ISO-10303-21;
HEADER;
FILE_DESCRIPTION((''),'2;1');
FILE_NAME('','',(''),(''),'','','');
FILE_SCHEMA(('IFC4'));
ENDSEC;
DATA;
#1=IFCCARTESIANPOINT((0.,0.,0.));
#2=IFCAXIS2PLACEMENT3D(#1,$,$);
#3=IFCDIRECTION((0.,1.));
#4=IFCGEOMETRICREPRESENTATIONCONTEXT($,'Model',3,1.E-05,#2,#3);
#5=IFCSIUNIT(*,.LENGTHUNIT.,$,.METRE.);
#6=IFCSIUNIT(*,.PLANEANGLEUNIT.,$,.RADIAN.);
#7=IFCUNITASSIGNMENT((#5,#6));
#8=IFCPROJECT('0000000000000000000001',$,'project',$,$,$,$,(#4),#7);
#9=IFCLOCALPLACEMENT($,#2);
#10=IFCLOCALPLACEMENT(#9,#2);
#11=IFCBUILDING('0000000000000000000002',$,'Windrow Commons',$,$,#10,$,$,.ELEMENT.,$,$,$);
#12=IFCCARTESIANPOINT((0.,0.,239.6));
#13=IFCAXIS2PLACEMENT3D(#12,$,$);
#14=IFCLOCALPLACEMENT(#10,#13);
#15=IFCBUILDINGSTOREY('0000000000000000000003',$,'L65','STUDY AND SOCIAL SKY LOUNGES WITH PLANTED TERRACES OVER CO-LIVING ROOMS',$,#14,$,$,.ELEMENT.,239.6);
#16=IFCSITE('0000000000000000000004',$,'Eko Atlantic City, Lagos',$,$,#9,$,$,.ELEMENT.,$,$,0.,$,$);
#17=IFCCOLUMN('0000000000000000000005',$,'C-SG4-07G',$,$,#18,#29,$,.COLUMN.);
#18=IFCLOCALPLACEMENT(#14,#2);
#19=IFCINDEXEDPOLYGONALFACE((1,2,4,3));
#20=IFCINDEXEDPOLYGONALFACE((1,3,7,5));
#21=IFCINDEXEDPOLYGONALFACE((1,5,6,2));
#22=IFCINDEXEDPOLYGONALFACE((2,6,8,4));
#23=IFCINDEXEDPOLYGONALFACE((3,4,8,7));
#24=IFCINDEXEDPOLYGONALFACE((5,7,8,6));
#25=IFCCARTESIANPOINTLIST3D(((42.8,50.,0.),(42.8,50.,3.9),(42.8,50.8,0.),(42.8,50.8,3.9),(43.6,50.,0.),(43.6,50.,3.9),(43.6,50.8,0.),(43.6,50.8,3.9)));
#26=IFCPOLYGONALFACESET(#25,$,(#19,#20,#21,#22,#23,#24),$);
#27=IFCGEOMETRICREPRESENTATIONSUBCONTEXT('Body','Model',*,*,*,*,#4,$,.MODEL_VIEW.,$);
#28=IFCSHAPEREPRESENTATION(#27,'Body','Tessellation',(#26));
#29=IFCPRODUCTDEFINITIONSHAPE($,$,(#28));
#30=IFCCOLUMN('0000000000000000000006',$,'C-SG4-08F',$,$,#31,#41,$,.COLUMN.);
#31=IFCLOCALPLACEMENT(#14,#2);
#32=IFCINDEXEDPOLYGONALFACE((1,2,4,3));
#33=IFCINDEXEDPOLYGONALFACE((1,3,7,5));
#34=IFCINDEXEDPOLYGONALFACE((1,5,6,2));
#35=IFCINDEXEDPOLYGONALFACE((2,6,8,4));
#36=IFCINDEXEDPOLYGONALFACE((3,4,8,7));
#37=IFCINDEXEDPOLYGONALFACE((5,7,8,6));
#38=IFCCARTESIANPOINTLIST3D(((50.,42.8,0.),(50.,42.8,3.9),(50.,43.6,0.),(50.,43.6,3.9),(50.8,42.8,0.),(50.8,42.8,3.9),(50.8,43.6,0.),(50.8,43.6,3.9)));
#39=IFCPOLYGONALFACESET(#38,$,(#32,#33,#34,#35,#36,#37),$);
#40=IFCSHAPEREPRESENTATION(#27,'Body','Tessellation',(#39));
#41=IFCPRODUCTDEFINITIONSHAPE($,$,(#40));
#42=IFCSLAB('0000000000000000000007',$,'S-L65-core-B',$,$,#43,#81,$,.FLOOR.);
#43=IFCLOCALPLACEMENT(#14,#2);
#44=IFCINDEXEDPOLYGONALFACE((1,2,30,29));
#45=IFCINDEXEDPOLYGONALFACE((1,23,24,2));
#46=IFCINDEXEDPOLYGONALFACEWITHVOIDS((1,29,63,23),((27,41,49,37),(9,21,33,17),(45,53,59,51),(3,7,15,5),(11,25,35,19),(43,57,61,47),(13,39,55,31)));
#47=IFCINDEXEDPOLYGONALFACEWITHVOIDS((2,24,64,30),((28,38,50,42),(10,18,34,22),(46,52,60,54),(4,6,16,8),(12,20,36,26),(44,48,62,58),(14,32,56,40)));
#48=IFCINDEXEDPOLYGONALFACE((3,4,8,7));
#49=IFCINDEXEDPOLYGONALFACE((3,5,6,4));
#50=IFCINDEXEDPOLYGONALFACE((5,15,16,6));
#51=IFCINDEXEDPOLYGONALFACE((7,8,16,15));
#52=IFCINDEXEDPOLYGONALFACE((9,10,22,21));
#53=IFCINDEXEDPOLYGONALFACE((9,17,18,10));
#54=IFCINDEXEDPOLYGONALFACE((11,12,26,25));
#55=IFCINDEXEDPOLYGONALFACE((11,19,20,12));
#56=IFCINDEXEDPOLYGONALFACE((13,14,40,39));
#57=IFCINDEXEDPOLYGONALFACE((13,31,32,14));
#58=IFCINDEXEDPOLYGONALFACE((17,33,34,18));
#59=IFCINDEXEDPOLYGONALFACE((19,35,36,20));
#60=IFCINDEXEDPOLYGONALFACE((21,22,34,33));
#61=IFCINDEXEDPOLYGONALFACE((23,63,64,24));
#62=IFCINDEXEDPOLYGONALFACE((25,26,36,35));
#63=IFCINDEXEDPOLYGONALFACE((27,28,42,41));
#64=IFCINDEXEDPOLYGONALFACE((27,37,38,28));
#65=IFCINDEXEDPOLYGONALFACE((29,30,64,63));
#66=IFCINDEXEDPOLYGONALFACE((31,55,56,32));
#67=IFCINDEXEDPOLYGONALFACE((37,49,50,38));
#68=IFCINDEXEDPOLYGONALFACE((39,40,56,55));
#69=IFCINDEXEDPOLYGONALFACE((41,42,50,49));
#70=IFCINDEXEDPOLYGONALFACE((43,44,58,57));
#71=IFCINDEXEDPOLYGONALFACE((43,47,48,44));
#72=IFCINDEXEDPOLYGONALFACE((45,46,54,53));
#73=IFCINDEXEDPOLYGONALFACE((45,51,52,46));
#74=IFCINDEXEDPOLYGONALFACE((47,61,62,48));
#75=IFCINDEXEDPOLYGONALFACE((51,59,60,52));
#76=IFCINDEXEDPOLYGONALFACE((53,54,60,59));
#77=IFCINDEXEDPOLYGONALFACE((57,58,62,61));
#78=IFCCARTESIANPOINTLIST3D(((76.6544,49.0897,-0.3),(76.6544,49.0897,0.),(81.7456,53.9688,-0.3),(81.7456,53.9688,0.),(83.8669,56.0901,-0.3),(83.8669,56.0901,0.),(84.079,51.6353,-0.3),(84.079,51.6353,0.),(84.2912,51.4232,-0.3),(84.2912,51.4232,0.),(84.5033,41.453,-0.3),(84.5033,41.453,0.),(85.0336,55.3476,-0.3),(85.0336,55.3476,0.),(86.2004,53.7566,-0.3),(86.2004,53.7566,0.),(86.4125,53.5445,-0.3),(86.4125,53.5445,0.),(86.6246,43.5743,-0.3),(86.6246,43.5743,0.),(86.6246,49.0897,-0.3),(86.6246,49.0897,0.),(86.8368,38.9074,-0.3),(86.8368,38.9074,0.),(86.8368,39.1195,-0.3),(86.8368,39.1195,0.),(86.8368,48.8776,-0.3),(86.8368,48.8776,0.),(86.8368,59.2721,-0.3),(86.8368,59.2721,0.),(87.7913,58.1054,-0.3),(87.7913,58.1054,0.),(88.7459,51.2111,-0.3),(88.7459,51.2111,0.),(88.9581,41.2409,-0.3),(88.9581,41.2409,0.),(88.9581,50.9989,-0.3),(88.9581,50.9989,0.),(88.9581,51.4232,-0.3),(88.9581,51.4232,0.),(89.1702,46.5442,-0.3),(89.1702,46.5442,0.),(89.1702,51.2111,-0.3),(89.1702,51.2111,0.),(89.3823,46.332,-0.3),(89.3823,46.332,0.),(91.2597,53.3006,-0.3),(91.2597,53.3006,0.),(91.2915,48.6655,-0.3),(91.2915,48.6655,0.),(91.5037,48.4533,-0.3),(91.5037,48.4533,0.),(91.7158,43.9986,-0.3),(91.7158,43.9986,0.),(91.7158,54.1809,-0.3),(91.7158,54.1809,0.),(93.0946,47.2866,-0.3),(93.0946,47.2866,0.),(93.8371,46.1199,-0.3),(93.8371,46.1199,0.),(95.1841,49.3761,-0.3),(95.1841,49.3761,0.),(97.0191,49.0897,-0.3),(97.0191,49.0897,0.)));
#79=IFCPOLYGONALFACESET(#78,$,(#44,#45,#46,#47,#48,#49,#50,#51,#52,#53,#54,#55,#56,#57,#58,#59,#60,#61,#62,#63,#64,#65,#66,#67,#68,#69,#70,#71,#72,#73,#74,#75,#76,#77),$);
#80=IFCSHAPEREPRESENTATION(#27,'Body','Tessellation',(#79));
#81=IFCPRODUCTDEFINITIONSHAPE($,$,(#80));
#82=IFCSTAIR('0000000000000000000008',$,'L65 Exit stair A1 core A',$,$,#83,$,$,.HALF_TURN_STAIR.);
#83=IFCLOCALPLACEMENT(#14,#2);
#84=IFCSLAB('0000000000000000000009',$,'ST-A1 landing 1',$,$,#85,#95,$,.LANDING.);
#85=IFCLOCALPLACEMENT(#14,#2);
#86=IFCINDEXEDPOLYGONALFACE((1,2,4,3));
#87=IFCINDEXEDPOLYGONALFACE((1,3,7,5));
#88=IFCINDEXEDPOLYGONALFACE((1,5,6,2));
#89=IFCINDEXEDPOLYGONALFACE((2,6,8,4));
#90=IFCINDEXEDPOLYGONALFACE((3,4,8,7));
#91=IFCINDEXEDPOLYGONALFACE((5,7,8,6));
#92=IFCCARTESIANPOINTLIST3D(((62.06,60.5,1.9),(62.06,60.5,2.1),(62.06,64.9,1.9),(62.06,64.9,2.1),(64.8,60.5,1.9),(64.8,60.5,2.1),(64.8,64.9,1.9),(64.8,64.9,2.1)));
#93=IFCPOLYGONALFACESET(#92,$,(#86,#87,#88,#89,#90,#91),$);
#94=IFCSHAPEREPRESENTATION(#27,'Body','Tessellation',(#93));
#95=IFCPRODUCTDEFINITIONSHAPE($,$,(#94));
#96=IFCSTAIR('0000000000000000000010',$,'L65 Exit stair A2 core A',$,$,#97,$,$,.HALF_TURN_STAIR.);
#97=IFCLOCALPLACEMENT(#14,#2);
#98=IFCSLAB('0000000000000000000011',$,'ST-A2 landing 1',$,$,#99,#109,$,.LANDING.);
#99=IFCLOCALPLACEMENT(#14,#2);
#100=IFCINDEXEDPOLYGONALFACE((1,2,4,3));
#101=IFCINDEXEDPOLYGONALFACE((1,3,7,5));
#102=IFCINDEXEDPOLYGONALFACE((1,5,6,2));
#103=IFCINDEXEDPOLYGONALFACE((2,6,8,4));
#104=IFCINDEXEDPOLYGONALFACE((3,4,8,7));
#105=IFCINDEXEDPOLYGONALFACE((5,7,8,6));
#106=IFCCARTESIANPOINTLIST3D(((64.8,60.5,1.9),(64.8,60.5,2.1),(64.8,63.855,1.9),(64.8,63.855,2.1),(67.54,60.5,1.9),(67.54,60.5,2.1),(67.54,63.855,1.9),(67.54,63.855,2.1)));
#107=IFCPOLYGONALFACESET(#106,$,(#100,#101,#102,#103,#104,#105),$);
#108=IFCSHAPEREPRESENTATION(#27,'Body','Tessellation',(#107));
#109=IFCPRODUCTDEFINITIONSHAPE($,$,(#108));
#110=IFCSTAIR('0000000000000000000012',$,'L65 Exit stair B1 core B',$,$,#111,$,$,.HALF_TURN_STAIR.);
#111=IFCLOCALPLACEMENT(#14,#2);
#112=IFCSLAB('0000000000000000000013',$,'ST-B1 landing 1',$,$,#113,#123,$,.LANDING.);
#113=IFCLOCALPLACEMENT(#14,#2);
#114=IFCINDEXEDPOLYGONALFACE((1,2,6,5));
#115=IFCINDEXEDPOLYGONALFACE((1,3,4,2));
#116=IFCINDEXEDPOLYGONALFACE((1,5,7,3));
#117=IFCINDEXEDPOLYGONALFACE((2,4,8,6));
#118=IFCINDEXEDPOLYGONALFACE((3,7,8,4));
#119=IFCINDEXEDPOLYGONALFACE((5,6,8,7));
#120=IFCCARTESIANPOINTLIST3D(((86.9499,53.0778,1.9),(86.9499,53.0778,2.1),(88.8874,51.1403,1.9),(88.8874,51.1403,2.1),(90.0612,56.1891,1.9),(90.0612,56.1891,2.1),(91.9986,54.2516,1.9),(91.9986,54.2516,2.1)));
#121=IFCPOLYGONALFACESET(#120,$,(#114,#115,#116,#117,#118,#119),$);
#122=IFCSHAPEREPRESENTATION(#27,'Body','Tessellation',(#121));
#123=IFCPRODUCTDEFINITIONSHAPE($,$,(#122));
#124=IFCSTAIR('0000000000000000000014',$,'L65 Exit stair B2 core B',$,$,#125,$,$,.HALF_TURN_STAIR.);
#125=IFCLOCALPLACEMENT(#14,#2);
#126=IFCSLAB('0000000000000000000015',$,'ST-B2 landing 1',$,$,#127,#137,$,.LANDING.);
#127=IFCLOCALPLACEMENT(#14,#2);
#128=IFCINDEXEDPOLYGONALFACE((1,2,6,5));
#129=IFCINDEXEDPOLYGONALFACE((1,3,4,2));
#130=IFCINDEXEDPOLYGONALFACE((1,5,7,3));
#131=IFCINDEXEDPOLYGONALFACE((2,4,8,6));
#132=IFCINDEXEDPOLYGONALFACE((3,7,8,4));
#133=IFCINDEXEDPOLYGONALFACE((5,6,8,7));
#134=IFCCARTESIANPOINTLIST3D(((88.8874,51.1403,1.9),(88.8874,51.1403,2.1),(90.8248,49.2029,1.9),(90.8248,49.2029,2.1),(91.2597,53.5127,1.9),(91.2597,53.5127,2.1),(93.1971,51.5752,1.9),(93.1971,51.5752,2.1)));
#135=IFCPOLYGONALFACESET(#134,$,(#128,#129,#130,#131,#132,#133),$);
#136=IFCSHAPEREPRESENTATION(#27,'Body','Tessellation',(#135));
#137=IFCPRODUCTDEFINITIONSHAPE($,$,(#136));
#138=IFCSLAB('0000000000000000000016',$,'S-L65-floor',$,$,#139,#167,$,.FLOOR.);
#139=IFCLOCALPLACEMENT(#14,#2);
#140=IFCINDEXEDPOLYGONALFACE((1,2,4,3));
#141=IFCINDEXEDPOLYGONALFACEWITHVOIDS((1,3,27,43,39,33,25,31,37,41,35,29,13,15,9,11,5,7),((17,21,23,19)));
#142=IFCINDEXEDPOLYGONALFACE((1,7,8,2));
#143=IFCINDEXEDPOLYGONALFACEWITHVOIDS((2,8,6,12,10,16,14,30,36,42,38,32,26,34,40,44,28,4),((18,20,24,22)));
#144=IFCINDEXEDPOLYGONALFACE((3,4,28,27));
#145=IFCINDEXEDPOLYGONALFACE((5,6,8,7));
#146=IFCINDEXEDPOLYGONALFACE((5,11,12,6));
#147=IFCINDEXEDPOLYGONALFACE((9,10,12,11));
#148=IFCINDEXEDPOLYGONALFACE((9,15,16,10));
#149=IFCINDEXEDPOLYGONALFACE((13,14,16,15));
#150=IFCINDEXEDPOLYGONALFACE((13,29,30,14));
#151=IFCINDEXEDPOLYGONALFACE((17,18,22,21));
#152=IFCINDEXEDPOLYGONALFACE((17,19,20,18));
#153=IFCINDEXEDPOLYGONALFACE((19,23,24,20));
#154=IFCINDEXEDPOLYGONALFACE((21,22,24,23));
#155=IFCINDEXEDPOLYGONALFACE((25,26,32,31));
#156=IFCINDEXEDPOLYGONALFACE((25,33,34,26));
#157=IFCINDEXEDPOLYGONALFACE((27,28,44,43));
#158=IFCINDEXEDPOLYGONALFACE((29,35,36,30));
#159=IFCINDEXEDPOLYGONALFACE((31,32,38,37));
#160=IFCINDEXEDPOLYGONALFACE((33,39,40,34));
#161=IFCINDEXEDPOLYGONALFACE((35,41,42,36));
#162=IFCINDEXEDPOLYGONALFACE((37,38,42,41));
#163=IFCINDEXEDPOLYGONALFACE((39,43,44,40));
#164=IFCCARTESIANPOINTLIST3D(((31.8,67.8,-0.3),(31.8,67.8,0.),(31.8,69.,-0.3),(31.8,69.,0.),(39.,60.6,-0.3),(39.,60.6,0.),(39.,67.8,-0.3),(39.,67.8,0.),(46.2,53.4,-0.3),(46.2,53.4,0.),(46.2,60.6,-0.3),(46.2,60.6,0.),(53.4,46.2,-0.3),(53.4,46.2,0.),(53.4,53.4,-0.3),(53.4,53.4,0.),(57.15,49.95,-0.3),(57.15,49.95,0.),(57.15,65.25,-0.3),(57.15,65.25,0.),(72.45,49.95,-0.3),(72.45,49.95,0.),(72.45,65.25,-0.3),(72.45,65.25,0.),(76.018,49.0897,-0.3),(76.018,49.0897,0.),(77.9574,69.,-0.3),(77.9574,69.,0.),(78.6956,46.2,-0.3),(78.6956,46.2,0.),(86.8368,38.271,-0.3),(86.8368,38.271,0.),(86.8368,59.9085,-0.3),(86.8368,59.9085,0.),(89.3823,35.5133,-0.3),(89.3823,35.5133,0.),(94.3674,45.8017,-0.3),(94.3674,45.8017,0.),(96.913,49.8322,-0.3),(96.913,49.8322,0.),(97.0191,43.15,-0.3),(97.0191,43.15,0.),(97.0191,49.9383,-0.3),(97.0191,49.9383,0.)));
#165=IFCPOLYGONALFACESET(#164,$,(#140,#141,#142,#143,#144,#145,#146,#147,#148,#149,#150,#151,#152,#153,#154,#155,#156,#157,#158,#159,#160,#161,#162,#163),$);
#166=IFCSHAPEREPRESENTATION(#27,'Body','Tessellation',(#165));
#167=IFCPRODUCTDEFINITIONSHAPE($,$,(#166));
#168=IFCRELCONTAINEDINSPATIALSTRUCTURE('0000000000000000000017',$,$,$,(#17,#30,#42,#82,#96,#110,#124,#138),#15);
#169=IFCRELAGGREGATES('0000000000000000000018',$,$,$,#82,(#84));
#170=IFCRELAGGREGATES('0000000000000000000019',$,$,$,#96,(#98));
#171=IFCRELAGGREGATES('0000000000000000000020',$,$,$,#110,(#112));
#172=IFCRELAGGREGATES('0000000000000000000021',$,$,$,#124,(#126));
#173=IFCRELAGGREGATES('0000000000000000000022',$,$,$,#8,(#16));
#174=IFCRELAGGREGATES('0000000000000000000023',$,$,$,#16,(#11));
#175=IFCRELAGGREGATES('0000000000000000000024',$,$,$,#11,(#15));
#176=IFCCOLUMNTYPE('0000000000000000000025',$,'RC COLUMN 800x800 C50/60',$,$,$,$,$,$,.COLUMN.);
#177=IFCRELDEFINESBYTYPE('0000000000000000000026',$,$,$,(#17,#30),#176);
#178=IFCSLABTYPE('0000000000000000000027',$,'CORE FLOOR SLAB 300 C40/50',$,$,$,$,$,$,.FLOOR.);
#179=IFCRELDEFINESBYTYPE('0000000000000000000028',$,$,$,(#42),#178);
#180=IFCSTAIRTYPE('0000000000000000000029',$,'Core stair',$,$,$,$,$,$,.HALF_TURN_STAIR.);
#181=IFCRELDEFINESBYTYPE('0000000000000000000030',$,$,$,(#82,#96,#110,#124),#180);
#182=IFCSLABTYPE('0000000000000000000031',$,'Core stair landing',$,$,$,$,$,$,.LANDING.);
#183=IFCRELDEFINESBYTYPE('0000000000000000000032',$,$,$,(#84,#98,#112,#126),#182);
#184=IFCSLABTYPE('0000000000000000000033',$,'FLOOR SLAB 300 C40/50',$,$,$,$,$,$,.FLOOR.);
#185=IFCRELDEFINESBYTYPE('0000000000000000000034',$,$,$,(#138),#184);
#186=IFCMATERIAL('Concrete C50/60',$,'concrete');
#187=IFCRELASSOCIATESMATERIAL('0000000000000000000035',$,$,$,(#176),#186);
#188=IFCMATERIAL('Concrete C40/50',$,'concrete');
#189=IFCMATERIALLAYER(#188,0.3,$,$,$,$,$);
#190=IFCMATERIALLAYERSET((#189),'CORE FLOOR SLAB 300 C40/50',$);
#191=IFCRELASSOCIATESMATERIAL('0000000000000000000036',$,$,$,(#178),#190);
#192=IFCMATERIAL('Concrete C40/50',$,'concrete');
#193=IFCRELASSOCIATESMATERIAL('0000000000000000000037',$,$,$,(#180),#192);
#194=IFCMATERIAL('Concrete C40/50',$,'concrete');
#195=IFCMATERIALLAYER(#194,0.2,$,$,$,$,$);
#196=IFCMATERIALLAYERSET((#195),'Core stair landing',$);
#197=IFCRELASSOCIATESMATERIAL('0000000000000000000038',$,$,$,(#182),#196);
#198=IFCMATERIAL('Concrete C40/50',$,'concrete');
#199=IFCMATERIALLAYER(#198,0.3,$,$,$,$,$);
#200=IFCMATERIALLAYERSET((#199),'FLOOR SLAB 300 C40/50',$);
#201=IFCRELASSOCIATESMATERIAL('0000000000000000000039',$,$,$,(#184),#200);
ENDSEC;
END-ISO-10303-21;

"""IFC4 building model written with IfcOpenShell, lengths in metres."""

from ifc_helpers import new_model, si_unit, direction, frame, origin, origin_2d, place, context, subcontext, project, spatial, polyline, rectangle, outline, extrude, material, layer, layer_set, material_profile, profile_set, type_object, element, aggregate, save


model = new_model("IFC4")

# Units and contexts
model_context = context("Model", 3, precision=1e-05, world=origin(), true_north=direction((0.0, 1.0)))
body_context = subcontext(model_context, "Body", "Model", "MODEL_VIEW")
ifc_project = project(units=[si_unit("LENGTHUNIT", "METRE"), si_unit("PLANEANGLEUNIT", "RADIAN")], contexts=[model_context])

# Site, building, storey
site_placement = place(None, origin())
site = spatial("IfcSite", under=ifc_project, at=site_placement, Name="Eko Atlantic City, Lagos", CompositionType="ELEMENT", RefElevation=0.0)
building_placement = place(site_placement, origin())
building = spatial("IfcBuilding", under=site, at=building_placement, Name="Windrow Commons", CompositionType="ELEMENT")
storey_placement = place(building_placement, frame((0.0, 0.0, 239.6)))
storey = spatial("IfcBuildingStorey", under=building, at=storey_placement, Name="L65", Description="STUDY AND SOCIAL SKY LOUNGES WITH PLANTED TERRACES OVER CO-LIVING ROOMS", CompositionType="ELEMENT", Elevation=239.6)

# Columns
ifc_material_1 = material(Name="Concrete C50/60", Category="concrete")
ifc_material_profile = material_profile(ifc_material_1, rectangle(XDim=0.8, YDim=0.8, at=origin_2d()))
ifc_profile_set = profile_set([ifc_material_profile], Name="Concrete C50/60")
column_type = type_object("IfcColumnType", Name="RC COLUMN 800x800 C50/60", PredefinedType="COLUMN", material=ifc_profile_set)
for number, where, z_axis, x_axis, name in (
    (1, (43.2, 50.4, 0.0), (0.0, 0.0, 1.0), (1.0, 0.0, 0.0), "C-SG4-07G"),
    (2, (50.4, 43.2, 0.0), (0.0, 0.0, 1.0), (1.0, 0.0, 0.0), "C-SG4-08F"),
):
    element("IfcColumn", number, at=place(storey_placement, frame(where, z_axis=z_axis, x_axis=x_axis)), inside=storey, type_object=column_type, Name=name, PredefinedType="COLUMN", context=body_context, shape_type="SweptSolid", body=[
        extrude(rectangle(XDim=0.8, YDim=0.8, at=origin_2d()), origin(), (0.0, 0.0, 1.0), 3.9),
    ])

# Slab, openings
ifc_material_2 = material(Name="Concrete C40/50", Category="concrete")
ifc_layer_1 = layer(ifc_material_2, 0.3)
ifc_layer_set_1 = layer_set([ifc_layer_1], Name="CORE FLOOR SLAB 300 C40/50")
slab_type_1 = type_object("IfcSlabType", Name="CORE FLOOR SLAB 300 C40/50", PredefinedType="FLOOR", material=ifc_layer_set_1)
placement_1 = place(storey_placement, frame((0.0, 0.0, -0.3)))
slab_1 = element("IfcSlab", 3, at=placement_1, inside=storey, type_object=slab_type_1, Name="S-L65-core-B", PredefinedType="FLOOR", context=body_context, shape_type="SweptSolid", body=[
    extrude(outline(polyline([(76.6544, 49.0897), (86.8368, 38.9074), (97.0191, 49.0897), (86.8368, 59.2721), (76.6544, 49.0897)]), holes=[polyline([(84.5033, 41.453), (86.8368, 39.1195), (88.9581, 41.2409), (86.6246, 43.5743), (84.5033, 41.453)]), polyline([(81.7456, 53.9688), (84.079, 51.6353), (86.2004, 53.7566), (83.8669, 56.0901), (81.7456, 53.9688)]), polyline([(84.2912, 51.4232), (86.6246, 49.0897), (88.7459, 51.2111), (86.4125, 53.5445), (84.2912, 51.4232)]), polyline([(86.8368, 48.8776), (89.1702, 46.5442), (91.2915, 48.6655), (88.9581, 50.9989), (86.8368, 48.8776)]), polyline([(89.3823, 46.332), (91.7158, 43.9986), (93.8371, 46.1199), (91.5037, 48.4533), (89.3823, 46.332)]), polyline([(85.0336, 55.3476), (88.9581, 51.4232), (91.7158, 54.1809), (87.7913, 58.1054), (85.0336, 55.3476)]), polyline([(89.1702, 51.2111), (93.0946, 47.2866), (95.1841, 49.3761), (91.2597, 53.3006), (89.1702, 51.2111)])]), origin(), (0.0, 0.0, 1.0), 0.3),
])
opening_1_placement = place(placement_1, origin())
element("IfcOpeningElement", 4, at=opening_1_placement, cuts=slab_1, PredefinedType="OPENING", context=body_context, shape_type="SweptSolid", body=[
    extrude(outline(polyline([(84.5104, 41.453), (86.6246, 43.5672), (88.951, 41.2409), (86.8368, 39.1266), (84.5104, 41.453)])), origin(), (0.0, 0.0, 1.0), 0.3),
])
opening_2_placement = place(placement_1, origin())
element("IfcOpeningElement", 5, at=opening_2_placement, cuts=slab_1, PredefinedType="OPENING", context=body_context, shape_type="SweptSolid", body=[
    extrude(outline(polyline([(81.7527, 53.9688), (83.8669, 56.083), (86.1933, 53.7566), (84.079, 51.6424), (81.7527, 53.9688)])), origin(), (0.0, 0.0, 1.0), 0.3),
])
opening_3_placement = place(placement_1, origin())
element("IfcOpeningElement", 6, at=opening_3_placement, cuts=slab_1, PredefinedType="OPENING", context=body_context, shape_type="SweptSolid", body=[
    extrude(outline(polyline([(84.2983, 51.4232), (86.4125, 53.5374), (88.7388, 51.2111), (86.6246, 49.0968), (84.2983, 51.4232)])), origin(), (0.0, 0.0, 1.0), 0.3),
])
opening_4_placement = place(placement_1, origin())
element("IfcOpeningElement", 7, at=opening_4_placement, cuts=slab_1, PredefinedType="OPENING", context=body_context, shape_type="SweptSolid", body=[
    extrude(outline(polyline([(86.8439, 48.8776), (88.9581, 50.9918), (91.2844, 48.6655), (89.1702, 46.5513), (86.8439, 48.8776)])), origin(), (0.0, 0.0, 1.0), 0.3),
])
opening_5_placement = place(placement_1, origin())
element("IfcOpeningElement", 8, at=opening_5_placement, cuts=slab_1, PredefinedType="OPENING", context=body_context, shape_type="SweptSolid", body=[
    extrude(outline(polyline([(89.3894, 46.332), (91.5037, 48.4462), (93.83, 46.1199), (91.7158, 44.0057), (89.3894, 46.332)])), origin(), (0.0, 0.0, 1.0), 0.3),
])
opening_6_placement = place(placement_1, origin())
element("IfcOpeningElement", 9, at=opening_6_placement, cuts=slab_1, PredefinedType="OPENING", context=body_context, shape_type="SweptSolid", body=[
    extrude(outline(polyline([(85.0407, 55.3476), (87.7913, 58.0983), (91.7087, 54.1809), (88.9581, 51.4303), (85.0407, 55.3476)])), origin(), (0.0, 0.0, 1.0), 0.3),
])
opening_7_placement = place(placement_1, origin())
element("IfcOpeningElement", 10, at=opening_7_placement, cuts=slab_1, PredefinedType="OPENING", context=body_context, shape_type="SweptSolid", body=[
    extrude(outline(polyline([(89.1773, 51.2111), (91.2597, 53.2935), (95.177, 49.3761), (93.0946, 47.2937), (89.1773, 51.2111)])), origin(), (0.0, 0.0, 1.0), 0.3),
])

# Stairs, slabs
ifc_material_3 = material(Name="Concrete C40/50", Category="concrete")
stair_type = type_object("IfcStairType", Name="Core stair", PredefinedType="HALF_TURN_STAIR", material=ifc_material_3)
placement_2 = place(storey_placement, origin())
stair_1 = element("IfcStair", 11, at=placement_2, inside=storey, type_object=stair_type, Name="L65 Exit stair A1 core A", PredefinedType="HALF_TURN_STAIR")
ifc_material_4 = material(Name="Concrete C40/50", Category="concrete")
ifc_layer_2 = layer(ifc_material_4, 0.2)
ifc_layer_set_2 = layer_set([ifc_layer_2], Name="Core stair landing")
slab_type_2 = type_object("IfcSlabType", Name="Core stair landing", PredefinedType="LANDING", material=ifc_layer_set_2)
placement_3 = place(storey_placement, frame((0.0, 0.0, 1.9)))
slab_2 = element("IfcSlab", 12, at=placement_3, type_object=slab_type_2, Name="ST-A1 landing 1", PredefinedType="LANDING", context=body_context, shape_type="SweptSolid", body=[
    extrude(outline(polyline([(62.06, 60.5), (64.8, 60.5), (64.8, 64.9), (62.06, 64.9), (62.06, 60.5)])), origin(), (0.0, 0.0, 1.0), 0.2),
])
aggregate(stair_1, [slab_2])
stair_2 = element("IfcStair", 13, at=placement_2, inside=storey, type_object=stair_type, Name="L65 Exit stair A2 core A", PredefinedType="HALF_TURN_STAIR")
slab_3 = element("IfcSlab", 14, at=placement_3, type_object=slab_type_2, Name="ST-A2 landing 1", PredefinedType="LANDING", context=body_context, shape_type="SweptSolid", body=[
    extrude(outline(polyline([(64.8, 60.5), (67.54, 60.5), (67.54, 63.855), (64.8, 63.855), (64.8, 60.5)])), origin(), (0.0, 0.0, 1.0), 0.2),
])
aggregate(stair_2, [slab_3])
stair_3 = element("IfcStair", 15, at=placement_2, inside=storey, type_object=stair_type, Name="L65 Exit stair B1 core B", PredefinedType="HALF_TURN_STAIR")
slab_4 = element("IfcSlab", 16, at=placement_3, type_object=slab_type_2, Name="ST-B1 landing 1", PredefinedType="LANDING", context=body_context, shape_type="SweptSolid", body=[
    extrude(outline(polyline([(86.9499, 53.0778), (88.8874, 51.1403), (91.9986, 54.2516), (90.0612, 56.1891), (86.9499, 53.0778)])), origin(), (0.0, 0.0, 1.0), 0.2),
])
aggregate(stair_3, [slab_4])
stair_4 = element("IfcStair", 17, at=placement_2, inside=storey, type_object=stair_type, Name="L65 Exit stair B2 core B", PredefinedType="HALF_TURN_STAIR")
slab_5 = element("IfcSlab", 18, at=placement_3, type_object=slab_type_2, Name="ST-B2 landing 1", PredefinedType="LANDING", context=body_context, shape_type="SweptSolid", body=[
    extrude(outline(polyline([(88.8874, 51.1403), (90.8248, 49.2029), (93.1971, 51.5752), (91.2597, 53.5127), (88.8874, 51.1403)])), origin(), (0.0, 0.0, 1.0), 0.2),
])
aggregate(stair_4, [slab_5])

# Slab, opening
ifc_material_5 = material(Name="Concrete C40/50", Category="concrete")
ifc_layer_3 = layer(ifc_material_5, 0.3)
ifc_layer_set_3 = layer_set([ifc_layer_3], Name="FLOOR SLAB 300 C40/50")
slab_type_3 = type_object("IfcSlabType", Name="FLOOR SLAB 300 C40/50", PredefinedType="FLOOR", material=ifc_layer_set_3)
slab_6 = element("IfcSlab", 19, at=placement_1, inside=storey, type_object=slab_type_3, Name="S-L65-floor", PredefinedType="FLOOR", context=body_context, shape_type="SweptSolid", body=[
    extrude(outline(polyline([(89.3823, 35.5133), (97.0191, 43.15), (94.3674, 45.8017), (86.8368, 38.271), (76.018, 49.0897), (86.8368, 59.9085), (96.913, 49.8322), (97.0191, 49.9383), (77.9574, 69.0), (31.8, 69.0), (31.8, 67.8), (39.0, 67.8), (39.0, 60.6), (46.2, 60.6), (46.2, 53.4), (53.4, 53.4), (53.4, 46.2), (78.6956, 46.2), (89.3823, 35.5133)]), holes=[polyline([(57.15, 49.95), (57.15, 65.25), (72.45, 65.25), (72.45, 49.95), (57.15, 49.95)])]), origin(), (0.0, 0.0, 1.0), 0.3),
])
opening_8_placement = place(placement_1, origin())
element("IfcOpeningElement", 20, at=opening_8_placement, cuts=slab_6, PredefinedType="OPENING", context=body_context, shape_type="SweptSolid", body=[
    extrude(outline(polyline([(57.155, 49.955), (57.155, 65.245), (72.445, 65.245), (72.445, 49.955), (57.155, 49.955)])), origin(), (0.0, 0.0, 1.0), 0.3),
])

save(model, "model.ifc")
